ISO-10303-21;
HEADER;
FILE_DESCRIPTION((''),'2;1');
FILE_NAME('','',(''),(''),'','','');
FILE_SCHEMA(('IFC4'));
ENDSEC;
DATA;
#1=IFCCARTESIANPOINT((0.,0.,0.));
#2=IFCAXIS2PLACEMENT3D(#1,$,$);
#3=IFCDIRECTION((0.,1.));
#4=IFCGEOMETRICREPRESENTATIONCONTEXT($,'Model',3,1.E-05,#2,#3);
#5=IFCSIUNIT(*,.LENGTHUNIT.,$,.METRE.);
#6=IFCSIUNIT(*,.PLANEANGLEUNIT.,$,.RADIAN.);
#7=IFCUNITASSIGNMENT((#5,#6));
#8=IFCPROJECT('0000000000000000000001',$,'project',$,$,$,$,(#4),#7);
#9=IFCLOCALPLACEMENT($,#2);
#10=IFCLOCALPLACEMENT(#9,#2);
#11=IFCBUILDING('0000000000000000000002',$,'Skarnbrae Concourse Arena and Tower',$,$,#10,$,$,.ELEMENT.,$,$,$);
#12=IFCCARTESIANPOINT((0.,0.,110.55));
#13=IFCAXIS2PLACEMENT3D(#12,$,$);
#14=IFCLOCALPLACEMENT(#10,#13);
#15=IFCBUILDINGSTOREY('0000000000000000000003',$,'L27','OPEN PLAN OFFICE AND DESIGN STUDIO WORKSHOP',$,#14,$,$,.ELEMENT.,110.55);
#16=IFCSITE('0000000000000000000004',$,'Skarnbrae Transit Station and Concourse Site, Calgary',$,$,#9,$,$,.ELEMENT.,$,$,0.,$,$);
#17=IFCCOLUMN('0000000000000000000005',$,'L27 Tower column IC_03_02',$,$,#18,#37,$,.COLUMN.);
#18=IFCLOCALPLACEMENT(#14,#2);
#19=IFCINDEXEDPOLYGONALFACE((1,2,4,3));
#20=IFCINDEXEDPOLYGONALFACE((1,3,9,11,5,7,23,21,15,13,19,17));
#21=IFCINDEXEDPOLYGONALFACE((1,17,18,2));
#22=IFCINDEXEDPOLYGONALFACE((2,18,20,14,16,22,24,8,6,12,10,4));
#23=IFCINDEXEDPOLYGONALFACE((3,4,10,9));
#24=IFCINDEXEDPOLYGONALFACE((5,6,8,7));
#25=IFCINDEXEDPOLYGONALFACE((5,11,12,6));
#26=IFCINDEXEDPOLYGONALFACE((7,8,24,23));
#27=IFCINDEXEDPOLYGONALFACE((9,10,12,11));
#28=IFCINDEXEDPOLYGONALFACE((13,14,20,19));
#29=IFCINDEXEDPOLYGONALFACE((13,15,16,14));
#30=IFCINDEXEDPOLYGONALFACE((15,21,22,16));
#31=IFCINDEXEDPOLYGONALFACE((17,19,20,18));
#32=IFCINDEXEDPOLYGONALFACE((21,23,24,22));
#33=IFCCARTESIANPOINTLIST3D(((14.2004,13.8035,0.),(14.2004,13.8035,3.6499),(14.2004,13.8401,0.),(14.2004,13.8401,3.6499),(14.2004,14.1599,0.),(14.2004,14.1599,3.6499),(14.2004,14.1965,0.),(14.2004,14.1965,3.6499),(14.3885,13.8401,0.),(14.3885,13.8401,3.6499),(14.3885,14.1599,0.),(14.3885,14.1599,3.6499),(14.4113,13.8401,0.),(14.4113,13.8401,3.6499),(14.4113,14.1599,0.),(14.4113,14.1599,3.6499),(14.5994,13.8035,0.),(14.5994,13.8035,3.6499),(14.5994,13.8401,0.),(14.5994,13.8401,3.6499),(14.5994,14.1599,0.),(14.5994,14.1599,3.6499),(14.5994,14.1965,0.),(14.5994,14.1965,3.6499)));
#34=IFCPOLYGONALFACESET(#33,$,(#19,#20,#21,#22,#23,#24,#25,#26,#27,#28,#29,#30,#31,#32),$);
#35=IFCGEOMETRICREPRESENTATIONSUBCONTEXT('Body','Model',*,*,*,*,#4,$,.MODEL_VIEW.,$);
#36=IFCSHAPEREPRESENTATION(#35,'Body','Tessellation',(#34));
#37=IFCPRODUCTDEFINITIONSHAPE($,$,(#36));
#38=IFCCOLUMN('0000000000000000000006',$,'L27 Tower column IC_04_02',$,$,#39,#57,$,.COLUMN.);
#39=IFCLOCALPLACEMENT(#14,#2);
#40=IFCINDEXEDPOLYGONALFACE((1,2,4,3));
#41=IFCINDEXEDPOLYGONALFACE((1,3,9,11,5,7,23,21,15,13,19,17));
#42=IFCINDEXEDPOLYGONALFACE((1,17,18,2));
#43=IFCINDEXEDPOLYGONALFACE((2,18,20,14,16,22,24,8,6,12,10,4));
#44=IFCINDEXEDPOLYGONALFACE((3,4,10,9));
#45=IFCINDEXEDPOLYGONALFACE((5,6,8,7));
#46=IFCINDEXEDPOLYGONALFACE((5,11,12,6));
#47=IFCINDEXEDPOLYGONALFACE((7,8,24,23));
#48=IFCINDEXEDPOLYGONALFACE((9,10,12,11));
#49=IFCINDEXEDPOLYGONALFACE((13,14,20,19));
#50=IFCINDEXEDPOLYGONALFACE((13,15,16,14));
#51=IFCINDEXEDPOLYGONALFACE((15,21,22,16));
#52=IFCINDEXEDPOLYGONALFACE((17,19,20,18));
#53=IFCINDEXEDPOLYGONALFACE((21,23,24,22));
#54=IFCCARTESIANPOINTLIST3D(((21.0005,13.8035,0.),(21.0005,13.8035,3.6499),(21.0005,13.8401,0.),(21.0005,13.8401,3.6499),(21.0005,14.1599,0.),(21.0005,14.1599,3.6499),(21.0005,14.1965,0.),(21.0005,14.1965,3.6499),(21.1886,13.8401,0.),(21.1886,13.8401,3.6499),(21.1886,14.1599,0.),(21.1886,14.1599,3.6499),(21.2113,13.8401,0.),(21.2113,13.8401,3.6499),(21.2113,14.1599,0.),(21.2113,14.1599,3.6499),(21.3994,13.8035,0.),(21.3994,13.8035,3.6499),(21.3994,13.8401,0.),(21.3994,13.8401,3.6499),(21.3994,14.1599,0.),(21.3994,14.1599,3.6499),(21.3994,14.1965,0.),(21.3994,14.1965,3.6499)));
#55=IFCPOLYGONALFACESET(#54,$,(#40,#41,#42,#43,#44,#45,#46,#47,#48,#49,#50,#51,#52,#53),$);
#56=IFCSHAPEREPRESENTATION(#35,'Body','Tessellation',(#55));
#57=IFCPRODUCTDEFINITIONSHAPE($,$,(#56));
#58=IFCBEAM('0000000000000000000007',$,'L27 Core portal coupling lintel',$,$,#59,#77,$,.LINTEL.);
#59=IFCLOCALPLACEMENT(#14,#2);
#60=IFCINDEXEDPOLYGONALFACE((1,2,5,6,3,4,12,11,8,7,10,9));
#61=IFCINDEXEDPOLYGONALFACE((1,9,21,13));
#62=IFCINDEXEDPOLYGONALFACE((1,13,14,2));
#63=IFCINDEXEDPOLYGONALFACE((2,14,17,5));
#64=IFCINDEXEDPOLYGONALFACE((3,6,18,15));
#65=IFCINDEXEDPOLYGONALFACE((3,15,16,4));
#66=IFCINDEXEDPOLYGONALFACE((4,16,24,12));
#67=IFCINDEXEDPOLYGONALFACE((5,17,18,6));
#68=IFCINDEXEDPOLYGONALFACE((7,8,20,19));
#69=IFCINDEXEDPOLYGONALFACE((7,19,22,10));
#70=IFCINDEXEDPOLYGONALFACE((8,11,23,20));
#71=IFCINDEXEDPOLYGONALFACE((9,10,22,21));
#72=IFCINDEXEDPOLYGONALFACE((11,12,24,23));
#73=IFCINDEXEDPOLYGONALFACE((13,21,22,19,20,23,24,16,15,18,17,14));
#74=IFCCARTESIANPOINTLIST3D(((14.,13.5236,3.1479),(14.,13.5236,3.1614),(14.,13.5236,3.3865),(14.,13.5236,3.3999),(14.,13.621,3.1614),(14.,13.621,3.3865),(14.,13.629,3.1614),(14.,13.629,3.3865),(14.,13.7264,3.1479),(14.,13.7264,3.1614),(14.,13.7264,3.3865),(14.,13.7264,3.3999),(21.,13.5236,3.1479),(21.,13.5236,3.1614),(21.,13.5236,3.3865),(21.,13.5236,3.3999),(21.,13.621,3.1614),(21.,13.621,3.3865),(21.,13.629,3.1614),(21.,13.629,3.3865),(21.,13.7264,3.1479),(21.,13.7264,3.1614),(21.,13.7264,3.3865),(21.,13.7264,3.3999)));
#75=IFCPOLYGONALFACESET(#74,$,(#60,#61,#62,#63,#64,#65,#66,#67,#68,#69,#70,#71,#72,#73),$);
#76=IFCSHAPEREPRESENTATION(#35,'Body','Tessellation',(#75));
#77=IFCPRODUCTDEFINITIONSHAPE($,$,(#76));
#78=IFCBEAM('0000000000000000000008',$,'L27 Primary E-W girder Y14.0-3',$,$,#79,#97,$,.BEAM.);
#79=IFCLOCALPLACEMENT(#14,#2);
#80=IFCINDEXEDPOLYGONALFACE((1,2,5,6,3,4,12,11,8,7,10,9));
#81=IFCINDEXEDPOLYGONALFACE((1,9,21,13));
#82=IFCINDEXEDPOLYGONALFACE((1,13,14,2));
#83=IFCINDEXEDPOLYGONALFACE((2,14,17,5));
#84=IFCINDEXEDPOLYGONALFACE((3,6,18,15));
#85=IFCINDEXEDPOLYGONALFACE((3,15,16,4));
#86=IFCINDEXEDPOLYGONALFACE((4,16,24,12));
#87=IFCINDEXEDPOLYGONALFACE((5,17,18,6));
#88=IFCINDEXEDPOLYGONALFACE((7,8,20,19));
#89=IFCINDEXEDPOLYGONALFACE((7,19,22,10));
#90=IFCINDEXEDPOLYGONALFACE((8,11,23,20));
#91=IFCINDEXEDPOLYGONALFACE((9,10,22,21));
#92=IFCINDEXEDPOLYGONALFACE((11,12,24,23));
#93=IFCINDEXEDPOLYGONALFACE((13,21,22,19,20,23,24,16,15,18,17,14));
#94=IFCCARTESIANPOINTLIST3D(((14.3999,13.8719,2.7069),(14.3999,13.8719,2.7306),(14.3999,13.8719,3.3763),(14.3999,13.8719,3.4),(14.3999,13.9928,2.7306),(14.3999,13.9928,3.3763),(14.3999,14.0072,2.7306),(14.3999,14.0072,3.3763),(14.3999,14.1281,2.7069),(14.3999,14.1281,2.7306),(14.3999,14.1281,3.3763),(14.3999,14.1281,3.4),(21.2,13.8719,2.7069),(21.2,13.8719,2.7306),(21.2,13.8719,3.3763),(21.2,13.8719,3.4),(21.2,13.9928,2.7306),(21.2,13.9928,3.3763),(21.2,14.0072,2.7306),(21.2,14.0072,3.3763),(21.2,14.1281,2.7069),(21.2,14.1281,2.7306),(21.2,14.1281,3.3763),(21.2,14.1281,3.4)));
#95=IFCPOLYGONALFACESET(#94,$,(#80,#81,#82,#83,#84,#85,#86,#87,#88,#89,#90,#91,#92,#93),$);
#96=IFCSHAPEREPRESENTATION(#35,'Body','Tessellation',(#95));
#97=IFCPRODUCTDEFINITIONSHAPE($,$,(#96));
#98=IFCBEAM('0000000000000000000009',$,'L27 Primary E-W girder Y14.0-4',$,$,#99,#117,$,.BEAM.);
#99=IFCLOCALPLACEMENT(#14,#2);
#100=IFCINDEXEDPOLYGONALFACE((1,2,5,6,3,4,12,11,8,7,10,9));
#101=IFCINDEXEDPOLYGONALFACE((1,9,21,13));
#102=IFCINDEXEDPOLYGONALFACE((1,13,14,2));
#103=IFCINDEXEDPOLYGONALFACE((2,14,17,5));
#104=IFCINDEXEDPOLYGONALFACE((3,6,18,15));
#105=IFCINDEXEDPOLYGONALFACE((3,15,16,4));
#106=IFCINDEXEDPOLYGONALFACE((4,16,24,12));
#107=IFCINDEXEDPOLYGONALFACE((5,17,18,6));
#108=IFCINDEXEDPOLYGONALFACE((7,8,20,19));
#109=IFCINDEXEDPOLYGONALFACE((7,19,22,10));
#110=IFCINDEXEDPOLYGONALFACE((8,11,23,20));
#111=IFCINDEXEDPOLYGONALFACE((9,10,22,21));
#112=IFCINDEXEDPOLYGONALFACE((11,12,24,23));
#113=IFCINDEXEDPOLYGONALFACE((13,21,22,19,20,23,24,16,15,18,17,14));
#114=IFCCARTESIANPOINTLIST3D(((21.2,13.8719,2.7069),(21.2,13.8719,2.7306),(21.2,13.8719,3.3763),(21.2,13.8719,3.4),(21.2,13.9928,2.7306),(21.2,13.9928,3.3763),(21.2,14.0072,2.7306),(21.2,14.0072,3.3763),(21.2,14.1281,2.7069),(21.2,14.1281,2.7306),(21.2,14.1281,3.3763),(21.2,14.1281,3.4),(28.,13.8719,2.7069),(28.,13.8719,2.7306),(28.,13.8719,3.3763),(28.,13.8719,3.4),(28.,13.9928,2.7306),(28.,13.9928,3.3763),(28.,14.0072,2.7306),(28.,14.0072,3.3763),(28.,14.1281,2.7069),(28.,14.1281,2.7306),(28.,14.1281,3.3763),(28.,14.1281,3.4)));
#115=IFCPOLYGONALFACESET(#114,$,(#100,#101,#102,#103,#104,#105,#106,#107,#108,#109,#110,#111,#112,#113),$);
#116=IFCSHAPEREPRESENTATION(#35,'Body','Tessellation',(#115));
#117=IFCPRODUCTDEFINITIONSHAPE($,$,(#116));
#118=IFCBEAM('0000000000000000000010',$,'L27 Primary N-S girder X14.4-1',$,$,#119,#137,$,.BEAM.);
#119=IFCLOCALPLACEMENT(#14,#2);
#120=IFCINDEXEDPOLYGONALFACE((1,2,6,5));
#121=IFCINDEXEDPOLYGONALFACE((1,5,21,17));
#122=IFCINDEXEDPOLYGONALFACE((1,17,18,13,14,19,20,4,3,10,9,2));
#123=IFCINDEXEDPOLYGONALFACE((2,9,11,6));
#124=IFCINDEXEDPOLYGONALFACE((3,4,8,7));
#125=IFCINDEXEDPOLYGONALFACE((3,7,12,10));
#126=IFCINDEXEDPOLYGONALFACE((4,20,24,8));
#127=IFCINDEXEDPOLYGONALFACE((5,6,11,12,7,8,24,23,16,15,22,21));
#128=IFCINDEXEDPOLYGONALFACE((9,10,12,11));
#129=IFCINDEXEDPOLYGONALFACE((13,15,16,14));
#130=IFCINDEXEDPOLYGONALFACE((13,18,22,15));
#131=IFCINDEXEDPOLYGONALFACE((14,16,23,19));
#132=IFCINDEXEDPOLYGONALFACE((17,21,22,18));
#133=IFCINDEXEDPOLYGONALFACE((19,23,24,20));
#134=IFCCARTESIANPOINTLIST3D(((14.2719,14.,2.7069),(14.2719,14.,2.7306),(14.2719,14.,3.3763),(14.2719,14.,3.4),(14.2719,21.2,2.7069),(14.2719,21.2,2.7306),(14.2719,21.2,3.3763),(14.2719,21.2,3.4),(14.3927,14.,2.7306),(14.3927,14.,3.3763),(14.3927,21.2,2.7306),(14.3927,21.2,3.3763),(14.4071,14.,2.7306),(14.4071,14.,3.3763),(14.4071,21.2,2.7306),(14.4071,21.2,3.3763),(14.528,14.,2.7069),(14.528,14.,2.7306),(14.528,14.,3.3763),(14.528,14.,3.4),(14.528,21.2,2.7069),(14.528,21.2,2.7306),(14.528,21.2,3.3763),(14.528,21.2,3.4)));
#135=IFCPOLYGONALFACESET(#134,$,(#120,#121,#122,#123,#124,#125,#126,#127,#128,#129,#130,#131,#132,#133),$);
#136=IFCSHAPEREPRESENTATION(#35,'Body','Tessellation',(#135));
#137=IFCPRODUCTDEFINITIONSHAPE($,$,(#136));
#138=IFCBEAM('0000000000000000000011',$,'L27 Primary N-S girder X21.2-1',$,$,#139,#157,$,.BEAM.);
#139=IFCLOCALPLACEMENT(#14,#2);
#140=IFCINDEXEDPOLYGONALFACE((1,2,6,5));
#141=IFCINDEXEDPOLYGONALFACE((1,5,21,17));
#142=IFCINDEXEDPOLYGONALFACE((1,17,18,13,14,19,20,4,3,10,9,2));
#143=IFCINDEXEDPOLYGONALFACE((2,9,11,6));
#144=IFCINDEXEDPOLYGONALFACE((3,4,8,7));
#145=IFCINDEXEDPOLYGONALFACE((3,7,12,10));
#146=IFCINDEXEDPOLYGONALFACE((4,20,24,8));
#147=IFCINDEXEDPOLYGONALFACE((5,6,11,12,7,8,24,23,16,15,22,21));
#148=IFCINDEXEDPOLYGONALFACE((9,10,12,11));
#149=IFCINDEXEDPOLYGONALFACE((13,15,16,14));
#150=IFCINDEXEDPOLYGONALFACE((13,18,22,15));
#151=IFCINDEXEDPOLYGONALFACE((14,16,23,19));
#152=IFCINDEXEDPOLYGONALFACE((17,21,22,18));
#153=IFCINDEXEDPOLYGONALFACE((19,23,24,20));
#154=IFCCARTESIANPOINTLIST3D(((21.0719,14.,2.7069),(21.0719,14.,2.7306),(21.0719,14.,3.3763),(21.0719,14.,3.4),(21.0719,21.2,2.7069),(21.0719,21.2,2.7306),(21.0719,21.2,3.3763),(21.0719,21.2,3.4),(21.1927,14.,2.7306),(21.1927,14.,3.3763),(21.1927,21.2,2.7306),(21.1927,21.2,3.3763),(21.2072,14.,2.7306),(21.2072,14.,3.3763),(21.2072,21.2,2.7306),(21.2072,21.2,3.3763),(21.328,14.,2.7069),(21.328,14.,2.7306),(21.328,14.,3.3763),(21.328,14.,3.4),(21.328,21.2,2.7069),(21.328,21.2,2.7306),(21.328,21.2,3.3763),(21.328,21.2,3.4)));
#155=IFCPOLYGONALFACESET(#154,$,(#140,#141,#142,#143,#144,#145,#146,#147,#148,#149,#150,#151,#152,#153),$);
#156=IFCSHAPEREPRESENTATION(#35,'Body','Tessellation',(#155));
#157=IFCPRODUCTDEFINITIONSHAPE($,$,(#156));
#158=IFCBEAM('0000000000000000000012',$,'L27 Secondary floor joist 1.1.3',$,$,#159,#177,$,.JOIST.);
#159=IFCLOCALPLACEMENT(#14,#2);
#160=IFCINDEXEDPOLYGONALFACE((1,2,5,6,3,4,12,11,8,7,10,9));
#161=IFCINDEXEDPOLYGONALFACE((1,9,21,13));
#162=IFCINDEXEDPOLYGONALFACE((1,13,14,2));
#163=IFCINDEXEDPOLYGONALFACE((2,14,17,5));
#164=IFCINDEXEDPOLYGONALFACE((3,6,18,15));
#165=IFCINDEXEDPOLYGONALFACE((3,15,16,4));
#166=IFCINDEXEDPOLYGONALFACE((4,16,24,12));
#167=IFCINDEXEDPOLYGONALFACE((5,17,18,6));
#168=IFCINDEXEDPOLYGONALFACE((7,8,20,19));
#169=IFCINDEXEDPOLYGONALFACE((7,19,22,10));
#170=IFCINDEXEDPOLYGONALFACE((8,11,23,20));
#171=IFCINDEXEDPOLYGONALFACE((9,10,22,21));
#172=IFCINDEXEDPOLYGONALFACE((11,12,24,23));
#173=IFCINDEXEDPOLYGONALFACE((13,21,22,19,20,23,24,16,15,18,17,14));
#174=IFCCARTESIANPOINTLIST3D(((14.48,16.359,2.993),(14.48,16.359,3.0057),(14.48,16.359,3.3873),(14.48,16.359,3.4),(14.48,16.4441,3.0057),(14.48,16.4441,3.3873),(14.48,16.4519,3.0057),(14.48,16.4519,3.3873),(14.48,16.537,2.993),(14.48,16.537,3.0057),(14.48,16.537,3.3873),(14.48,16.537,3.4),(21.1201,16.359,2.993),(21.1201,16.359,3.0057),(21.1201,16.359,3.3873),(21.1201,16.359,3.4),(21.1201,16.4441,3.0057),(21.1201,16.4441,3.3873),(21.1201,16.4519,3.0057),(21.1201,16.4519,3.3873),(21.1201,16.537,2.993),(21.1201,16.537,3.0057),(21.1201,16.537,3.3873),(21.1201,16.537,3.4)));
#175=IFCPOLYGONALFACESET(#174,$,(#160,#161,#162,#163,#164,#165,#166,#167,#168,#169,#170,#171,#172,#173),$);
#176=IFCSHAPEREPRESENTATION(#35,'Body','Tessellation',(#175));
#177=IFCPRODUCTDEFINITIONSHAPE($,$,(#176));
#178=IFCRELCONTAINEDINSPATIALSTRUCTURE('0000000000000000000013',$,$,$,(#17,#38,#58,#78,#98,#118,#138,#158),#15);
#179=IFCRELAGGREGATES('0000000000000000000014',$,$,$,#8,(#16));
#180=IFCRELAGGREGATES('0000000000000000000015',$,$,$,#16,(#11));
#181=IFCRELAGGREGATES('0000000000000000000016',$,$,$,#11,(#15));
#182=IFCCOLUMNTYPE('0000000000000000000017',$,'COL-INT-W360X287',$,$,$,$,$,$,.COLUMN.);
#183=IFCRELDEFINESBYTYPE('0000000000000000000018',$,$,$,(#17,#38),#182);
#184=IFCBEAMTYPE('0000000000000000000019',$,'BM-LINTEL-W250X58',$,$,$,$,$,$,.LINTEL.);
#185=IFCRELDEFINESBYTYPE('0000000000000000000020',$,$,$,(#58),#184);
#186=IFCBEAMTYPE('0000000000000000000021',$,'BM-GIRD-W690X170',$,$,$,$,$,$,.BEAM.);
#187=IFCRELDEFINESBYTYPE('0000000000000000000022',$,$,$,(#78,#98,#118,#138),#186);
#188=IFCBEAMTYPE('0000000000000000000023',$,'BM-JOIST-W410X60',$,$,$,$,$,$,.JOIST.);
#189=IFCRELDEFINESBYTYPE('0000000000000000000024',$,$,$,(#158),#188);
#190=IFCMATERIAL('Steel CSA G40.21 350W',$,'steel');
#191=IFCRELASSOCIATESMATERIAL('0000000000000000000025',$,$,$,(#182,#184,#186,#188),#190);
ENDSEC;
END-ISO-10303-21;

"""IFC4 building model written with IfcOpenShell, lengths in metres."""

from ifc_helpers import new_model, si_unit, direction, frame, origin, origin_2d, place, context, subcontext, project, spatial, i_section, extrude, source, transform, mapped, material, material_profile, profile_set, type_object, element, save


model = new_model("IFC4")

# Units and contexts
model_context = context("Model", 3, precision=1e-05, world=origin(), true_north=direction((0.0, 1.0)))
body_context = subcontext(model_context, "Body", "Model", "MODEL_VIEW")
ifc_project = project(units=[si_unit("LENGTHUNIT", "METRE"), si_unit("PLANEANGLEUNIT", "RADIAN")], contexts=[model_context])

# Site, building, storey
site_placement = place(None, origin())
site = spatial("IfcSite", under=ifc_project, at=site_placement, Name="Skarnbrae Transit Station and Concourse Site, Calgary", CompositionType="ELEMENT", RefElevation=0.0)
building_placement = place(site_placement, origin())
building = spatial("IfcBuilding", under=site, at=building_placement, Name="Skarnbrae Concourse Arena and Tower", CompositionType="ELEMENT")
storey_placement = place(building_placement, frame((0.0, 0.0, 110.55)))
storey = spatial("IfcBuildingStorey", under=building, at=storey_placement, Name="L27", Description="OPEN PLAN OFFICE AND DESIGN STUDIO WORKSHOP", CompositionType="ELEMENT", Elevation=110.55)

# Columns
ifc_material_1 = material(Name="Steel CSA G40.21 350W", Category="steel")
ifc_material_profile_1 = material_profile(ifc_material_1, i_section(OverallWidth=0.3989, OverallDepth=0.3931, WebThickness=0.0227, FlangeThickness=0.0366, at=origin_2d()), Name="W360X287")
ifc_profile_set_1 = profile_set([ifc_material_profile_1], Name="Steel CSA G40.21 350W")
column_type = type_object("IfcColumnType", Name="COL-INT-W360X287", PredefinedType="COLUMN", material=ifc_profile_set_1)
shared_shape_1 = source(origin(), body_context, "Body", "SweptSolid", [
    extrude(i_section(OverallWidth=0.3989, OverallDepth=0.3931, WebThickness=0.0227, FlangeThickness=0.0366, at=origin_2d()), origin(), (0.0, 0.0, 1.0), 3.6499),
])
for number, where, z_axis, x_axis, name in (
    (1, (14.3999, 14.0, 0.0), (0.0, 0.0, 1.0), (1.0, 0.0, 0.0), "L27 Tower column IC_03_02"),
    (2, (21.2, 14.0, 0.0), (0.0, 0.0, 1.0), (1.0, 0.0, 0.0), "L27 Tower column IC_04_02"),
):
    element("IfcColumn", number, at=place(storey_placement, frame(where, z_axis=z_axis, x_axis=x_axis)), inside=storey, type_object=column_type, Name=name, PredefinedType="COLUMN", context=body_context, shape_type="MappedRepresentation", body=[
        mapped(shared_shape_1, transform((0.0, 0.0, 0.0))),
    ])

# Beams
ifc_material_profile_2 = material_profile(ifc_material_1, i_section(OverallWidth=0.2029, OverallDepth=0.252, WebThickness=0.0081, FlangeThickness=0.0134, at=origin_2d()), Name="W250X58")
ifc_profile_set_2 = profile_set([ifc_material_profile_2], Name="Steel CSA G40.21 350W")
beam_type_1 = type_object("IfcBeamType", Name="BM-LINTEL-W250X58", PredefinedType="LINTEL", material=ifc_profile_set_2)
shared_shape_2 = source(origin(), body_context, "Body", "SweptSolid", [
    extrude(i_section(OverallWidth=0.2029, OverallDepth=0.252, WebThickness=0.0081, FlangeThickness=0.0134, at=origin_2d()), origin(), (0.0, 0.0, 1.0), 7.0),
])
beam_placement = place(storey_placement, frame((14.0, 13.625, 3.2739), z_axis=(1.0, 0.0, 0.0), x_axis=(0.0, 1.0, 0.0)))
element("IfcBeam", 3, at=beam_placement, inside=storey, type_object=beam_type_1, Name="L27 Core portal coupling lintel", PredefinedType="LINTEL", context=body_context, shape_type="MappedRepresentation", body=[
    mapped(shared_shape_2, transform((0.0, 0.0, 0.0))),
])
ifc_material_profile_3 = material_profile(ifc_material_1, i_section(OverallWidth=0.2561, OverallDepth=0.6931, WebThickness=0.0144, FlangeThickness=0.0237, at=origin_2d()), Name="W690X170")
ifc_profile_set_3 = profile_set([ifc_material_profile_3], Name="Steel CSA G40.21 350W")
beam_type_2 = type_object("IfcBeamType", Name="BM-GIRD-W690X170", PredefinedType="BEAM", material=ifc_profile_set_3)
shared_shape_3 = source(origin(), body_context, "Body", "SweptSolid", [
    extrude(i_section(OverallWidth=0.2561, OverallDepth=0.6931, WebThickness=0.0144, FlangeThickness=0.0237, at=origin_2d()), origin(), (0.0, 0.0, 1.0), 6.8),
])
for number, where, z_axis, x_axis, name in (
    (4, (14.3999, 14.0, 3.0535), (1.0, 0.0, 0.0), (0.0, 1.0, 0.0), "L27 Primary E-W girder Y14.0-3"),
    (5, (21.2, 14.0, 3.0535), (1.0, 0.0, 0.0), (0.0, 1.0, 0.0), "L27 Primary E-W girder Y14.0-4"),
):
    element("IfcBeam", number, at=place(storey_placement, frame(where, z_axis=z_axis, x_axis=x_axis)), inside=storey, type_object=beam_type_2, Name=name, PredefinedType="BEAM", context=body_context, shape_type="MappedRepresentation", body=[
        mapped(shared_shape_3, transform((0.0, 0.0, 0.0))),
    ])
shared_shape_4 = source(origin(), body_context, "Body", "SweptSolid", [
    extrude(i_section(OverallWidth=0.2561, OverallDepth=0.6931, WebThickness=0.0144, FlangeThickness=0.0237, at=origin_2d()), origin(), (0.0, 0.0, 1.0), 7.2),
])
for number, where, z_axis, x_axis, name in (
    (6, (14.3999, 14.0, 3.0535), (0.0, 1.0, 0.0), (-1.0, 0.0, 0.0), "L27 Primary N-S girder X14.4-1"),
    (7, (21.2, 14.0, 3.0535), (0.0, 1.0, 0.0), (-1.0, 0.0, 0.0), "L27 Primary N-S girder X21.2-1"),
):
    element("IfcBeam", number, at=place(storey_placement, frame(where, z_axis=z_axis, x_axis=x_axis)), inside=storey, type_object=beam_type_2, Name=name, PredefinedType="BEAM", context=body_context, shape_type="MappedRepresentation", body=[
        mapped(shared_shape_4, transform((0.0, 0.0, 0.0))),
    ])
ifc_material_profile_4 = material_profile(ifc_material_1, i_section(OverallWidth=0.178, OverallDepth=0.407, WebThickness=0.0078, FlangeThickness=0.0127, at=origin_2d()), Name="W410X60")
ifc_profile_set_4 = profile_set([ifc_material_profile_4], Name="Steel CSA G40.21 350W")
beam_type_3 = type_object("IfcBeamType", Name="BM-JOIST-W410X60", PredefinedType="JOIST", material=ifc_profile_set_4)
shared_shape_5 = source(origin(), body_context, "Body", "SweptSolid", [
    extrude(i_section(OverallWidth=0.178, OverallDepth=0.407, WebThickness=0.0078, FlangeThickness=0.0127, at=origin_2d()), origin(), (0.0, 0.0, 1.0), 6.6401),
])
for number, where, z_axis, x_axis, name in (
    (8, (14.48, 16.448, 3.1965), (1.0, 0.0, 0.0), (0.0, 1.0, 0.0), "L27 Secondary floor joist 1.1.3"),
):
    element("IfcBeam", number, at=place(storey_placement, frame(where, z_axis=z_axis, x_axis=x_axis)), inside=storey, type_object=beam_type_3, Name=name, PredefinedType="JOIST", context=body_context, shape_type="MappedRepresentation", body=[
        mapped(shared_shape_5, transform((0.0, 0.0, 0.0))),
    ])

save(model, "model.ifc")
